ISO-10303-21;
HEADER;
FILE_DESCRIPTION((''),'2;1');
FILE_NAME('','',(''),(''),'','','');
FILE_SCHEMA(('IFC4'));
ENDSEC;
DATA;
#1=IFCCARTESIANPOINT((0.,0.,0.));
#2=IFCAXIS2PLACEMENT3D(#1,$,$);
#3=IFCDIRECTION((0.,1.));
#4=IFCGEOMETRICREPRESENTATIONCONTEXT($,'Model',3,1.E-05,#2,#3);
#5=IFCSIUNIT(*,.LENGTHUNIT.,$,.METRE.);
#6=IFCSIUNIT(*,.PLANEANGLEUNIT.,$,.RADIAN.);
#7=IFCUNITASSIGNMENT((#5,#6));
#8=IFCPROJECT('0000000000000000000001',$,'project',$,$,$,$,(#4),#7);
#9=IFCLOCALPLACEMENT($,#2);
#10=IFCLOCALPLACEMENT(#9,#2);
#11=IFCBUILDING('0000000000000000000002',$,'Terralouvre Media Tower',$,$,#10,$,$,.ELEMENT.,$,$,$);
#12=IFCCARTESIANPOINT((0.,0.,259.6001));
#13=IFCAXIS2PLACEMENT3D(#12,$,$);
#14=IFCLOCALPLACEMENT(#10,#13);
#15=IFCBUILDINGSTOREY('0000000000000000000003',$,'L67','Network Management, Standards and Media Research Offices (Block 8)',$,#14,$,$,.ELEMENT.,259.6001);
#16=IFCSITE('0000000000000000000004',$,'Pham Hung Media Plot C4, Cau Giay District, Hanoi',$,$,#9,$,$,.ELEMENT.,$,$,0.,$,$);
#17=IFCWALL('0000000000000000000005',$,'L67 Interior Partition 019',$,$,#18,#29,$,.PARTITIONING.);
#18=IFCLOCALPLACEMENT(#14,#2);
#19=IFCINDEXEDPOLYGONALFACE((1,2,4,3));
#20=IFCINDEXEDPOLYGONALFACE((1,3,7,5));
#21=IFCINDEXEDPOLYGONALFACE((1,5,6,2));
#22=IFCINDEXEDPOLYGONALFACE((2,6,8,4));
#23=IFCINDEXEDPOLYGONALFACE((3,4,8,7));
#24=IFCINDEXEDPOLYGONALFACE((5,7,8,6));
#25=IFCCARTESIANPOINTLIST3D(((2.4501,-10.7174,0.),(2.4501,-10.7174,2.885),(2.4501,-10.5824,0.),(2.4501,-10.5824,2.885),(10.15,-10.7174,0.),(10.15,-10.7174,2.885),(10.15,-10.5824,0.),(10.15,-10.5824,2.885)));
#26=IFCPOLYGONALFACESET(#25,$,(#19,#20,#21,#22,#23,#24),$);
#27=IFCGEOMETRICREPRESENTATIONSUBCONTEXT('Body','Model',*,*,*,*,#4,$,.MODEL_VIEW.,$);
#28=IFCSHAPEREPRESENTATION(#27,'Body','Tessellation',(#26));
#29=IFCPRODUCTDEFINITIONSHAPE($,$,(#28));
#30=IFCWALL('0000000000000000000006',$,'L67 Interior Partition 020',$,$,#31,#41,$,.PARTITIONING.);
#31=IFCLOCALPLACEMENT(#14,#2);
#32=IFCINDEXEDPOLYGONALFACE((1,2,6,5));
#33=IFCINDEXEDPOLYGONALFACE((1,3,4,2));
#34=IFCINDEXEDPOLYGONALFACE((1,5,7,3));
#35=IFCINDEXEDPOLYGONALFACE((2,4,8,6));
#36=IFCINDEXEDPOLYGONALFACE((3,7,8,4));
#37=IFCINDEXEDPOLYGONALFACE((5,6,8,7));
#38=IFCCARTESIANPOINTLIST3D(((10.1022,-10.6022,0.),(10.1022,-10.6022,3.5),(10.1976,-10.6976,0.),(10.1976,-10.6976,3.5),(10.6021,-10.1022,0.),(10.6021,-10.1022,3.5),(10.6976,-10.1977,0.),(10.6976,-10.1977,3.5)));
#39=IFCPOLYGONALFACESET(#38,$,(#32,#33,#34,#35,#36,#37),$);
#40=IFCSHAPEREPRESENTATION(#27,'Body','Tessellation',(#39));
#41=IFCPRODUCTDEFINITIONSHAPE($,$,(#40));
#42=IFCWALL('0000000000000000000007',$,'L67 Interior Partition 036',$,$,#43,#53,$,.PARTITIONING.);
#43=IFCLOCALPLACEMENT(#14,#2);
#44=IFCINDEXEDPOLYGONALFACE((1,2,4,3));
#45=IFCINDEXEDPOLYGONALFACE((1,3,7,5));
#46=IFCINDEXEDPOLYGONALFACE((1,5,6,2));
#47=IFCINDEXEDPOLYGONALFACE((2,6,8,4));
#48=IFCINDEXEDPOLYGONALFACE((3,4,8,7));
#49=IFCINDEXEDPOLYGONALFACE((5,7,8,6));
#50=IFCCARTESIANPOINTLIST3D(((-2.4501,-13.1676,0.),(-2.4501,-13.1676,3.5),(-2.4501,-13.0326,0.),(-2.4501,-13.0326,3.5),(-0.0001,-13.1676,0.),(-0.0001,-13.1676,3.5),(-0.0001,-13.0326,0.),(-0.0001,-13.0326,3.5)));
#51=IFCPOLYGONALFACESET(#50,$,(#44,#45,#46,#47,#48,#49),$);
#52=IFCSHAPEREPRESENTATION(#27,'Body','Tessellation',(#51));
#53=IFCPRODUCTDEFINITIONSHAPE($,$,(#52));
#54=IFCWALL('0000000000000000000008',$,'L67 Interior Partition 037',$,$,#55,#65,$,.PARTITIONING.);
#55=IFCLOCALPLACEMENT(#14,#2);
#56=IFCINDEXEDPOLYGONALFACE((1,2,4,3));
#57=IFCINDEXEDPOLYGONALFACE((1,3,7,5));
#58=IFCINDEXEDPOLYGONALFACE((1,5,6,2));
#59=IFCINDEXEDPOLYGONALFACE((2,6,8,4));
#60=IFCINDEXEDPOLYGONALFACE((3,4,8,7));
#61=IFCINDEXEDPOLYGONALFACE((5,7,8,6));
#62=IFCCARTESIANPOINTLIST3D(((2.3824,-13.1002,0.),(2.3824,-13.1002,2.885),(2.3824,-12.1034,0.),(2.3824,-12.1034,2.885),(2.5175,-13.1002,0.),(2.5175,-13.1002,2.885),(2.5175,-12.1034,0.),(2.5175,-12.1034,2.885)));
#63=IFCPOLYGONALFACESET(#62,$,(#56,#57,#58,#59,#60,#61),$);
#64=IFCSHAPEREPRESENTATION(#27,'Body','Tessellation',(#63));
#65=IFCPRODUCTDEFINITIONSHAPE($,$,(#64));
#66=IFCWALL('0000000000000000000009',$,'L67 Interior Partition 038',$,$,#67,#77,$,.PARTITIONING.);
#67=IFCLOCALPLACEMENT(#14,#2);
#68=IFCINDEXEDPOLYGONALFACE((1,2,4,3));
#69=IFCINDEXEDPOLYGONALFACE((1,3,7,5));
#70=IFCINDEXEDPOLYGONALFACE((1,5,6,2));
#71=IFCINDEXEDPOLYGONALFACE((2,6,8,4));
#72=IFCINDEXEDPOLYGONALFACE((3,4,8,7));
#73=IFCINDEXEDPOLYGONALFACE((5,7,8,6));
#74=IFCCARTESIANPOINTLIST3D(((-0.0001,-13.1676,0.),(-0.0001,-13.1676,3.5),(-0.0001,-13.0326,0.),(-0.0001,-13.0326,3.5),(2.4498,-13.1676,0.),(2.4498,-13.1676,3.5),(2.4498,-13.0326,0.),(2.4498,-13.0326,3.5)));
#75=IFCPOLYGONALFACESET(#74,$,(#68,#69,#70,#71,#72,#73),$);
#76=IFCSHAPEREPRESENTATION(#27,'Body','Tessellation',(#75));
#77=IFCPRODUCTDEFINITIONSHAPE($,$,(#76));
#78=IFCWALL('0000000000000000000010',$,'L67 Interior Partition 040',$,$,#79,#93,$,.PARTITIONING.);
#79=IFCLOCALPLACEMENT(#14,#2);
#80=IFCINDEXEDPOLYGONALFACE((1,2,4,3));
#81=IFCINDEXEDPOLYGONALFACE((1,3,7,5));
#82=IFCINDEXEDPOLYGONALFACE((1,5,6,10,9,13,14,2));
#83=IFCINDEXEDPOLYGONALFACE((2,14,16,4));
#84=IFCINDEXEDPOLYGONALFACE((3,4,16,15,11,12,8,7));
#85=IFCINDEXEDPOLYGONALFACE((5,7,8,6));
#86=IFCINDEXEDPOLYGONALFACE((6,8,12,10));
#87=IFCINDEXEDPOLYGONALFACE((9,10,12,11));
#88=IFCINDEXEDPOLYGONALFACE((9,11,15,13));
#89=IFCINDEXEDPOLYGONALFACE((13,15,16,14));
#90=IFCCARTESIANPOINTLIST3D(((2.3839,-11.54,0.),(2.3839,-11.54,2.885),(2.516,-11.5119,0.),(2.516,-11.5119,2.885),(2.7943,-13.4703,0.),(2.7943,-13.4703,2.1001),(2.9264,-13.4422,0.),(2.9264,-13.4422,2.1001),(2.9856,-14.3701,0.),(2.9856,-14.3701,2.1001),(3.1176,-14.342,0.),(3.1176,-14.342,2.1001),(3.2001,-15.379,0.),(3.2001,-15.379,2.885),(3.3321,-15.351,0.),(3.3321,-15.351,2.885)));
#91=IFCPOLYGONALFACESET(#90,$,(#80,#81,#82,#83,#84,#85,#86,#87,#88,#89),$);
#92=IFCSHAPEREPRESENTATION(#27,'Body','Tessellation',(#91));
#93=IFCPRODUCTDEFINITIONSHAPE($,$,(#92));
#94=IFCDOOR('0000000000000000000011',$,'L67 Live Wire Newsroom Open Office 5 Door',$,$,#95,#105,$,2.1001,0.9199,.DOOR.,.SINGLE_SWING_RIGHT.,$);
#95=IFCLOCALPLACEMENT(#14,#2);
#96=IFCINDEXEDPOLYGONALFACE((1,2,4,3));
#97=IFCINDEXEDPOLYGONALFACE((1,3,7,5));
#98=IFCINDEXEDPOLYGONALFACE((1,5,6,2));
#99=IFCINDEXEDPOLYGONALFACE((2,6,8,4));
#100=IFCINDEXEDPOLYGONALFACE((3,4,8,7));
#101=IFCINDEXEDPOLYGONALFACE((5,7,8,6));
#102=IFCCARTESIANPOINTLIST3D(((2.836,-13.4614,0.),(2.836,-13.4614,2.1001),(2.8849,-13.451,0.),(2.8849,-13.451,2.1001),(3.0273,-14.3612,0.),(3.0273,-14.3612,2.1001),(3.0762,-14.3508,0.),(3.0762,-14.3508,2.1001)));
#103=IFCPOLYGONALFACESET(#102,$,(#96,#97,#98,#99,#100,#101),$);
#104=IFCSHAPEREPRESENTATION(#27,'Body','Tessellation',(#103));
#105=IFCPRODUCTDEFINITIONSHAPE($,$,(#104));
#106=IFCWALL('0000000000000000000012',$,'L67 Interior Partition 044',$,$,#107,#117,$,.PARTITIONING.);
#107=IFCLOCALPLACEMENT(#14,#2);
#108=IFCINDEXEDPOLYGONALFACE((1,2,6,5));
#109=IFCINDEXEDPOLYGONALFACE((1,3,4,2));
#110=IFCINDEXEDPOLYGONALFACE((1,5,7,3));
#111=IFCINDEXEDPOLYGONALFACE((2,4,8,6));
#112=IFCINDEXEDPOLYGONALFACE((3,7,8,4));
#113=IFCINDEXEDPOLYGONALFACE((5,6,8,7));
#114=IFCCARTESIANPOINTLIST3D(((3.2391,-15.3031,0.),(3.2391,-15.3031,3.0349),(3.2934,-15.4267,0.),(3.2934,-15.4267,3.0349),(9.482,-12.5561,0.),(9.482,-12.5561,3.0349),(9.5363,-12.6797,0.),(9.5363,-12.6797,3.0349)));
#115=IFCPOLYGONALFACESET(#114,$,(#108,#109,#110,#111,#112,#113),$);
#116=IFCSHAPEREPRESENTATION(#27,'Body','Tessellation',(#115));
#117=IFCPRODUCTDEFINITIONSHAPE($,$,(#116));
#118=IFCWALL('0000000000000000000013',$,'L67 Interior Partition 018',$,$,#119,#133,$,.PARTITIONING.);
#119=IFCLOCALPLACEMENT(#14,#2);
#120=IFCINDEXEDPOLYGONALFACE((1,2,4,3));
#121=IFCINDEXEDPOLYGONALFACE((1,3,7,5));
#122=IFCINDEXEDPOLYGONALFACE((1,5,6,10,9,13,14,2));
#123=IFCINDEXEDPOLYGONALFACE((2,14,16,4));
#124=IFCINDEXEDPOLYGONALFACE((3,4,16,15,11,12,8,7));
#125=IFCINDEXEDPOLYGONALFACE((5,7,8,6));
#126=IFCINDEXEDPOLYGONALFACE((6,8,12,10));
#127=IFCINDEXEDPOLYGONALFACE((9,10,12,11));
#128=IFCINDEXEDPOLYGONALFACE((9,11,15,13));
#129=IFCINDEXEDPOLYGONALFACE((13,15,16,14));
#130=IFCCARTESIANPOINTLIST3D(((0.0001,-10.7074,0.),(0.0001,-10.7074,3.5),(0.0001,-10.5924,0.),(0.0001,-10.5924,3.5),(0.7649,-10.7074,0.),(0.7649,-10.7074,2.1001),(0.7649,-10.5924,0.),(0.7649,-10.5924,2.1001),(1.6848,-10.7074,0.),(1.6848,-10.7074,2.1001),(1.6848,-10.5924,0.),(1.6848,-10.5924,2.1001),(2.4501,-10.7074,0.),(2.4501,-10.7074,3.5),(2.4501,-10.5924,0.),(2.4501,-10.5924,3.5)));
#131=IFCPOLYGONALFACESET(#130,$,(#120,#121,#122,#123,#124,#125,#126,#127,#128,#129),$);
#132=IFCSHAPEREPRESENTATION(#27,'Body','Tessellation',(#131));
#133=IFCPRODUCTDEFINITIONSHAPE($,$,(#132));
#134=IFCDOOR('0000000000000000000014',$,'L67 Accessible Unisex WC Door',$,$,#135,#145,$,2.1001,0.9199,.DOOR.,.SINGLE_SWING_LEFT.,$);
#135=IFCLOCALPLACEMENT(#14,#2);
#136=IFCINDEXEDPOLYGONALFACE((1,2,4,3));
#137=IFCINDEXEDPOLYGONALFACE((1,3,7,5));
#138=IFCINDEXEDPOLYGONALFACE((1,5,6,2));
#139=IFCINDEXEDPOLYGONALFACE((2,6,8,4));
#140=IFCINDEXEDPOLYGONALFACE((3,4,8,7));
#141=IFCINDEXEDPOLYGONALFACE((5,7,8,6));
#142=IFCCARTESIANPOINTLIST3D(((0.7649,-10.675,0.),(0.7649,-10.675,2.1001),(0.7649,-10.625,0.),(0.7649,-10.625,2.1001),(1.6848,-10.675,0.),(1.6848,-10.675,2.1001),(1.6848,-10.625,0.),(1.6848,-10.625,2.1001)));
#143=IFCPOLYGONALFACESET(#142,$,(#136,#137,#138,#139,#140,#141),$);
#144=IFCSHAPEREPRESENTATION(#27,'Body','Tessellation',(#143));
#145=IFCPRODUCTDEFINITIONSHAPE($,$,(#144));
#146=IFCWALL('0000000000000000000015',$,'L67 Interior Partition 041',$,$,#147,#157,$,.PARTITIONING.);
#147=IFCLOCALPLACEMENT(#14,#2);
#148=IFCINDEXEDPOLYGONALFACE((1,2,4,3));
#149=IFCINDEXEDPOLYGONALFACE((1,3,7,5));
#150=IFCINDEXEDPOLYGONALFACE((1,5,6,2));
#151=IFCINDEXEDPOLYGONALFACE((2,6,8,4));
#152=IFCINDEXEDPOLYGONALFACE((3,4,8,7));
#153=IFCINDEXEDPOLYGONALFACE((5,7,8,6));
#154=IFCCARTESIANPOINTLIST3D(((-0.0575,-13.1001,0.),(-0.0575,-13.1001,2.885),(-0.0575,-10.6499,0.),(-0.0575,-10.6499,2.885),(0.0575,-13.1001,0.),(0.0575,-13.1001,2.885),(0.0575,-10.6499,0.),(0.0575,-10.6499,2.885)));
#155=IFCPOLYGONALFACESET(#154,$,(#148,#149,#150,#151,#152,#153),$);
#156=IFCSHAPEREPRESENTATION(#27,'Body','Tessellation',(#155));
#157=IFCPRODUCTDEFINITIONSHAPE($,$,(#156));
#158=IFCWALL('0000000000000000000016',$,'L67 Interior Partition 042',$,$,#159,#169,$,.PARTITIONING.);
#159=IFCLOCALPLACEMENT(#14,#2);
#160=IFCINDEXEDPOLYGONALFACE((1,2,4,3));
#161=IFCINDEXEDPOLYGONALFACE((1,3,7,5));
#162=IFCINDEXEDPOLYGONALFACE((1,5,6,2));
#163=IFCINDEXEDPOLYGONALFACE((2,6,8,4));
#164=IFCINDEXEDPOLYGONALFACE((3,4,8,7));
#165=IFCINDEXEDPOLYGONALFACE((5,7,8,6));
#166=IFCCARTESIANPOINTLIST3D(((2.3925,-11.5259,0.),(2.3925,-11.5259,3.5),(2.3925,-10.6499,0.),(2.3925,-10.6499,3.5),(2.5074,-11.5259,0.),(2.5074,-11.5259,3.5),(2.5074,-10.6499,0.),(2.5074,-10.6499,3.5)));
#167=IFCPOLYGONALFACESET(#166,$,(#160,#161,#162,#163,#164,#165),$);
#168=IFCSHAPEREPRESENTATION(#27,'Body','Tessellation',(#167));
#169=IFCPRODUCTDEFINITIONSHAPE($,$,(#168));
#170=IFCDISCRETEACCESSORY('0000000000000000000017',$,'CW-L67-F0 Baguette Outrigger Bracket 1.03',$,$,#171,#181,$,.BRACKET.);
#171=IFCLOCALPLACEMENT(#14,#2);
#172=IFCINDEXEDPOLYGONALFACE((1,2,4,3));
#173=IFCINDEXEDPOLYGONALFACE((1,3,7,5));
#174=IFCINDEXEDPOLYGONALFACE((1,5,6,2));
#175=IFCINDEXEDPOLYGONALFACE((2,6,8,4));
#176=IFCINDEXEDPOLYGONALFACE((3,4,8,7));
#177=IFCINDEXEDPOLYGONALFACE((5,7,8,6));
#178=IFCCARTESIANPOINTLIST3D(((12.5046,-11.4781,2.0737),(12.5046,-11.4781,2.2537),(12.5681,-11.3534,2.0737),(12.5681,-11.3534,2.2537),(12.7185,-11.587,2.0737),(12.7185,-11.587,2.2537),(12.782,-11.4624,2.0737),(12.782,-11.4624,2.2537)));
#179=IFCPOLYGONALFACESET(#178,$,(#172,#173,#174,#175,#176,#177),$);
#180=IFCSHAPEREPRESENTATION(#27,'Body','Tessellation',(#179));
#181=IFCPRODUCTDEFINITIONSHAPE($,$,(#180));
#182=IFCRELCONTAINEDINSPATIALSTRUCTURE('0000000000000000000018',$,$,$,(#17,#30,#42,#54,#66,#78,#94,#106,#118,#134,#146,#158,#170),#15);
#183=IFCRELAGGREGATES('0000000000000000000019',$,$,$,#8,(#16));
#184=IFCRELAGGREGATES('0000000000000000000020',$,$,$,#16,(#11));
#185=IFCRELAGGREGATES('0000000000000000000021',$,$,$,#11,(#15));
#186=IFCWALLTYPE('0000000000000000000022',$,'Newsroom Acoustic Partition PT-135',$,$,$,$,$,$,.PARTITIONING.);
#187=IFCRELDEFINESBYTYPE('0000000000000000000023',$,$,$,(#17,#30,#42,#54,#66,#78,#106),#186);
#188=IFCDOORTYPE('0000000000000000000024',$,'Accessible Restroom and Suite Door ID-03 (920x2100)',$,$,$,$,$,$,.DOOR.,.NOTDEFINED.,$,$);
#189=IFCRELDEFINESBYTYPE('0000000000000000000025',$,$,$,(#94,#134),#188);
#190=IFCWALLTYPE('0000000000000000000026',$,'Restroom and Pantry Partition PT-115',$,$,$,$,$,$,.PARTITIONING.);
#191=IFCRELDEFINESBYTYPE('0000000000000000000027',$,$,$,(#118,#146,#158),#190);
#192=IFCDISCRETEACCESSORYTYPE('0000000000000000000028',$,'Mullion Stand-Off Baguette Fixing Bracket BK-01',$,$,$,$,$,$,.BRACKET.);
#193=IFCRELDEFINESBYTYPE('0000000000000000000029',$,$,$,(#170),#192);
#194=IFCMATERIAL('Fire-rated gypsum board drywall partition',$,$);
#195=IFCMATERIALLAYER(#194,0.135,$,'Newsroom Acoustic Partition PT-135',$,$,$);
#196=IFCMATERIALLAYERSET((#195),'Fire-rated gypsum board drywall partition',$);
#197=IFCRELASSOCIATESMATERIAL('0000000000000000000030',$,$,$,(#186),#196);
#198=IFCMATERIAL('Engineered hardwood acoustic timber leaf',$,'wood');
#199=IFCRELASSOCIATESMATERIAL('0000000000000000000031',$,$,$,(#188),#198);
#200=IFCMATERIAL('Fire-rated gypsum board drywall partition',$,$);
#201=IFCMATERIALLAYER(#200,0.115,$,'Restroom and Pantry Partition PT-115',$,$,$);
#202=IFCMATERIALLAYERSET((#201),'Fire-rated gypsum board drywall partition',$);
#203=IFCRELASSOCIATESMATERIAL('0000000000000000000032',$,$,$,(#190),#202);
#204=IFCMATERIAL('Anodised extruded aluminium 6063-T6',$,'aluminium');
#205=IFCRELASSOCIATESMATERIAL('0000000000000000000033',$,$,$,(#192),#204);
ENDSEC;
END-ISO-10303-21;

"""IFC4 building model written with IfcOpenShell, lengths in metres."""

from ifc_helpers import new_model, si_unit, direction, frame, frame_2d, origin, origin_2d, place, context, subcontext, project, spatial, rectangle, extrude, material, layer, layer_set, type_object, element, fill, save


model = new_model("IFC4")

# Units and contexts
model_context = context("Model", 3, precision=1e-05, world=origin(), true_north=direction((0.0, 1.0)))
body_context = subcontext(model_context, "Body", "Model", "MODEL_VIEW")
ifc_project = project(units=[si_unit("LENGTHUNIT", "METRE"), si_unit("PLANEANGLEUNIT", "RADIAN")], contexts=[model_context])

# Site, building, storey
site_placement = place(None, origin())
site = spatial("IfcSite", under=ifc_project, at=site_placement, Name="Pham Hung Media Plot C4, Cau Giay District, Hanoi", CompositionType="ELEMENT", RefElevation=0.0)
building_placement = place(site_placement, origin())
building = spatial("IfcBuilding", under=site, at=building_placement, Name="Terralouvre Media Tower", CompositionType="ELEMENT")
storey_placement = place(building_placement, frame((0.0, 0.0, 259.6001)))
storey = spatial("IfcBuildingStorey", under=building, at=storey_placement, Name="L67", Description="Network Management, Standards and Media Research Offices (Block 8)", CompositionType="ELEMENT", Elevation=259.6001)

# Walls
ifc_material_1 = material(Name="Fire-rated gypsum board drywall partition")
ifc_layer_1 = layer(ifc_material_1, 0.135, Name="Newsroom Acoustic Partition PT-135")
ifc_layer_set_1 = layer_set([ifc_layer_1], Name="Fire-rated gypsum board drywall partition")
wall_type_1 = type_object("IfcWallType", Name="Newsroom Acoustic Partition PT-135", PredefinedType="PARTITIONING", material=ifc_layer_set_1)
wall_1_placement = place(storey_placement, frame((2.45, -10.6499, 0.0), z_axis=(0.0, 0.0, 1.0), x_axis=(1.0, 0.0, 0.0)))
element("IfcWall", 1, at=wall_1_placement, inside=storey, type_object=wall_type_1, Name="L67 Interior Partition 019", PredefinedType="PARTITIONING", context=body_context, shape_type="SweptSolid", body=[
    extrude(rectangle(XDim=7.7, YDim=0.135, at=frame_2d((3.8501, 0.0))), origin(), (0.0, 0.0, 1.0), 2.885),
])
wall_2_placement = place(storey_placement, frame((10.1499, -10.6499, 0.0), z_axis=(0.0, 0.0, 1.0), x_axis=(0.707107, 0.707107, 0.0)))
element("IfcWall", 2, at=wall_2_placement, inside=storey, type_object=wall_type_1, Name="L67 Interior Partition 020", PredefinedType="PARTITIONING", context=body_context, shape_type="SweptSolid", body=[
    extrude(rectangle(XDim=0.707, YDim=0.135, at=frame_2d((0.3535, 0.0))), origin(), (0.0, 0.0, 1.0), 3.5),
])
wall_3_placement = place(storey_placement, frame((0.0, -13.1001, 0.0), z_axis=(0.0, 0.0, 1.0), x_axis=(-1.0, 0.0, 0.0)))
element("IfcWall", 3, at=wall_3_placement, inside=storey, type_object=wall_type_1, Name="L67 Interior Partition 036", PredefinedType="PARTITIONING", context=body_context, shape_type="SweptSolid", body=[
    extrude(rectangle(XDim=2.45, YDim=0.135, at=frame_2d((1.2251, 0.0))), origin(), (0.0, 0.0, 1.0), 3.5),
])
wall_4_placement = place(storey_placement, frame((2.45, -12.1033, 0.0), z_axis=(0.0, 0.0, 1.0), x_axis=(0.0, -1.0, 0.0)))
element("IfcWall", 4, at=wall_4_placement, inside=storey, type_object=wall_type_1, Name="L67 Interior Partition 037", PredefinedType="PARTITIONING", context=body_context, shape_type="SweptSolid", body=[
    extrude(rectangle(XDim=0.9968, YDim=0.135, at=frame_2d((0.4985, 0.0))), origin(), (0.0, 0.0, 1.0), 2.885),
])
wall_5_placement = place(storey_placement, frame((2.45, -13.1001, 0.0), z_axis=(0.0, 0.0, 1.0), x_axis=(-1.0, 0.0, 0.0)))
element("IfcWall", 5, at=wall_5_placement, inside=storey, type_object=wall_type_1, Name="L67 Interior Partition 038", PredefinedType="PARTITIONING", context=body_context, shape_type="SweptSolid", body=[
    extrude(rectangle(XDim=2.45, YDim=0.135, at=frame_2d((1.2251, 0.0))), origin(), (0.0, 0.0, 1.0), 3.5),
])

# Wall, opening, door
wall_6_placement = place(storey_placement, frame((3.2661, -15.365, 0.0), z_axis=(0.0, 0.0, 1.0), x_axis=(-0.207944, 0.978141, 0.0)))
wall_6 = element("IfcWall", 6, at=wall_6_placement, inside=storey, type_object=wall_type_1, Name="L67 Interior Partition 040", PredefinedType="PARTITIONING", context=body_context, shape_type="SweptSolid", body=[
    extrude(rectangle(XDim=3.9248, YDim=0.135, at=frame_2d((1.9624, 0.0))), origin(), (0.0, 0.0, 1.0), 2.885),
])
opening_1_placement = place(wall_6_placement, frame((1.0315, 0.0, 0.0)))
opening_1 = element("IfcOpeningElement", 7, at=opening_1_placement, cuts=wall_6, PredefinedType="OPENING", context=body_context, shape_type="SweptSolid", body=[
    extrude(rectangle(XDim=0.9199, YDim=2.1001, at=frame_2d((0.46, 1.05))), frame((0.0, 0.0774, 0.0), z_axis=(0.0, -1.0, 0.0), x_axis=(1.0, 0.0, 0.0)), (0.0, 0.0, 1.0), 0.155),
])
ifc_material_2 = material(Name="Engineered hardwood acoustic timber leaf", Category="wood")
door_type = type_object("IfcDoorType", Name="Accessible Restroom and Suite Door ID-03 (920x2100)", OperationType="NOTDEFINED", PredefinedType="DOOR", material=ifc_material_2)
door_1_placement = place(opening_1_placement, origin())
door_1 = element("IfcDoor", 8, at=door_1_placement, inside=storey, type_object=door_type, Name="L67 Live Wire Newsroom Open Office 5 Door", OperationType="SINGLE_SWING_RIGHT", OverallHeight=2.1001, OverallWidth=0.9199, PredefinedType="DOOR", context=body_context, shape_type="SweptSolid", body=[
    extrude(rectangle(XDim=0.9199, YDim=2.1001, at=frame_2d((0.46, 1.05))), frame((0.0, 0.0249, 0.0), z_axis=(0.0, -1.0, 0.0), x_axis=(1.0, 0.0, 0.0)), (0.0, 0.0, 1.0), 0.05),
])
fill(opening_1, door_1)

# Wall
wall_7_placement = place(storey_placement, frame((9.509, -12.6179, 0.0), z_axis=(0.0, 0.0, 1.0), x_axis=(-0.915305, -0.402761, 0.0)))
element("IfcWall", 9, at=wall_7_placement, inside=storey, type_object=wall_type_1, Name="L67 Interior Partition 044", PredefinedType="PARTITIONING", context=body_context, shape_type="SweptSolid", body=[
    extrude(rectangle(XDim=6.8206, YDim=0.135, at=frame_2d((3.4102, 0.0))), origin(), (0.0, 0.0, 1.0), 3.0349),
])

# Wall, opening, door
ifc_material_3 = material(Name="Fire-rated gypsum board drywall partition")
ifc_layer_2 = layer(ifc_material_3, 0.115, Name="Restroom and Pantry Partition PT-115")
ifc_layer_set_2 = layer_set([ifc_layer_2], Name="Fire-rated gypsum board drywall partition")
wall_type_2 = type_object("IfcWallType", Name="Restroom and Pantry Partition PT-115", PredefinedType="PARTITIONING", material=ifc_layer_set_2)
wall_8_placement = place(storey_placement, frame((0.0, -10.6499, 0.0), z_axis=(0.0, 0.0, 1.0), x_axis=(1.0, 0.0, 0.0)))
wall_8 = element("IfcWall", 10, at=wall_8_placement, inside=storey, type_object=wall_type_2, Name="L67 Interior Partition 018", PredefinedType="PARTITIONING", context=body_context, shape_type="SweptSolid", body=[
    extrude(rectangle(XDim=2.45, YDim=0.115, at=frame_2d((1.2251, 0.0))), origin(), (0.0, 0.0, 1.0), 3.5),
])
opening_2_placement = place(wall_8_placement, frame((0.7649, 0.0, 0.0)))
opening_2 = element("IfcOpeningElement", 11, at=opening_2_placement, cuts=wall_8, PredefinedType="OPENING", context=body_context, shape_type="SweptSolid", body=[
    extrude(rectangle(XDim=0.9199, YDim=2.1001, at=frame_2d((0.46, 1.05))), frame((0.0, 0.0674, 0.0), z_axis=(0.0, -1.0, 0.0), x_axis=(1.0, 0.0, 0.0)), (0.0, 0.0, 1.0), 0.135),
])
door_2_placement = place(opening_2_placement, origin())
door_2 = element("IfcDoor", 12, at=door_2_placement, inside=storey, type_object=door_type, Name="L67 Accessible Unisex WC Door", OperationType="SINGLE_SWING_LEFT", OverallHeight=2.1001, OverallWidth=0.9199, PredefinedType="DOOR", context=body_context, shape_type="SweptSolid", body=[
    extrude(rectangle(XDim=0.9199, YDim=2.1001, at=frame_2d((0.46, 1.05))), frame((0.0, 0.0249, 0.0), z_axis=(0.0, -1.0, 0.0), x_axis=(1.0, 0.0, 0.0)), (0.0, 0.0, 1.0), 0.05),
])
fill(opening_2, door_2)

# Walls
wall_9_placement = place(storey_placement, frame((0.0, -13.1001, 0.0), z_axis=(0.0, 0.0, 1.0), x_axis=(0.0, 1.0, 0.0)))
element("IfcWall", 13, at=wall_9_placement, inside=storey, type_object=wall_type_2, Name="L67 Interior Partition 041", PredefinedType="PARTITIONING", context=body_context, shape_type="SweptSolid", body=[
    extrude(rectangle(XDim=2.4502, YDim=0.115, at=frame_2d((1.2251, 0.0))), origin(), (0.0, 0.0, 1.0), 2.885),
])
wall_10_placement = place(storey_placement, frame((2.45, -11.5259, 0.0), z_axis=(0.0, 0.0, 1.0), x_axis=(0.0, 1.0, 0.0)))
element("IfcWall", 14, at=wall_10_placement, inside=storey, type_object=wall_type_2, Name="L67 Interior Partition 042", PredefinedType="PARTITIONING", context=body_context, shape_type="SweptSolid", body=[
    extrude(rectangle(XDim=0.876, YDim=0.115, at=frame_2d((0.438, 0.0))), origin(), (0.0, 0.0, 1.0), 3.5),
])

# Discrete accessory
ifc_material_4 = material(Name="Anodised extruded aluminium 6063-T6", Category="aluminium")
discrete_accessory_type = type_object("IfcDiscreteAccessoryType", Name="Mullion Stand-Off Baguette Fixing Bracket BK-01", PredefinedType="BRACKET", material=ifc_material_4)
discrete_accessory_placement = place(storey_placement, frame((12.6433, -11.4702, 2.0737), z_axis=(0.0, 0.0, 1.0), x_axis=(0.45399, 0.891007, 0.0)))
element("IfcDiscreteAccessory", 15, at=discrete_accessory_placement, inside=storey, type_object=discrete_accessory_type, Name="CW-L67-F0 Baguette Outrigger Bracket 1.03", PredefinedType="BRACKET", context=body_context, shape_type="SweptSolid", body=[
    extrude(rectangle(XDim=0.1399, YDim=0.24, at=origin_2d()), origin(), (0.0, 0.0, 1.0), 0.1799),
])

save(model, "model.ifc")
